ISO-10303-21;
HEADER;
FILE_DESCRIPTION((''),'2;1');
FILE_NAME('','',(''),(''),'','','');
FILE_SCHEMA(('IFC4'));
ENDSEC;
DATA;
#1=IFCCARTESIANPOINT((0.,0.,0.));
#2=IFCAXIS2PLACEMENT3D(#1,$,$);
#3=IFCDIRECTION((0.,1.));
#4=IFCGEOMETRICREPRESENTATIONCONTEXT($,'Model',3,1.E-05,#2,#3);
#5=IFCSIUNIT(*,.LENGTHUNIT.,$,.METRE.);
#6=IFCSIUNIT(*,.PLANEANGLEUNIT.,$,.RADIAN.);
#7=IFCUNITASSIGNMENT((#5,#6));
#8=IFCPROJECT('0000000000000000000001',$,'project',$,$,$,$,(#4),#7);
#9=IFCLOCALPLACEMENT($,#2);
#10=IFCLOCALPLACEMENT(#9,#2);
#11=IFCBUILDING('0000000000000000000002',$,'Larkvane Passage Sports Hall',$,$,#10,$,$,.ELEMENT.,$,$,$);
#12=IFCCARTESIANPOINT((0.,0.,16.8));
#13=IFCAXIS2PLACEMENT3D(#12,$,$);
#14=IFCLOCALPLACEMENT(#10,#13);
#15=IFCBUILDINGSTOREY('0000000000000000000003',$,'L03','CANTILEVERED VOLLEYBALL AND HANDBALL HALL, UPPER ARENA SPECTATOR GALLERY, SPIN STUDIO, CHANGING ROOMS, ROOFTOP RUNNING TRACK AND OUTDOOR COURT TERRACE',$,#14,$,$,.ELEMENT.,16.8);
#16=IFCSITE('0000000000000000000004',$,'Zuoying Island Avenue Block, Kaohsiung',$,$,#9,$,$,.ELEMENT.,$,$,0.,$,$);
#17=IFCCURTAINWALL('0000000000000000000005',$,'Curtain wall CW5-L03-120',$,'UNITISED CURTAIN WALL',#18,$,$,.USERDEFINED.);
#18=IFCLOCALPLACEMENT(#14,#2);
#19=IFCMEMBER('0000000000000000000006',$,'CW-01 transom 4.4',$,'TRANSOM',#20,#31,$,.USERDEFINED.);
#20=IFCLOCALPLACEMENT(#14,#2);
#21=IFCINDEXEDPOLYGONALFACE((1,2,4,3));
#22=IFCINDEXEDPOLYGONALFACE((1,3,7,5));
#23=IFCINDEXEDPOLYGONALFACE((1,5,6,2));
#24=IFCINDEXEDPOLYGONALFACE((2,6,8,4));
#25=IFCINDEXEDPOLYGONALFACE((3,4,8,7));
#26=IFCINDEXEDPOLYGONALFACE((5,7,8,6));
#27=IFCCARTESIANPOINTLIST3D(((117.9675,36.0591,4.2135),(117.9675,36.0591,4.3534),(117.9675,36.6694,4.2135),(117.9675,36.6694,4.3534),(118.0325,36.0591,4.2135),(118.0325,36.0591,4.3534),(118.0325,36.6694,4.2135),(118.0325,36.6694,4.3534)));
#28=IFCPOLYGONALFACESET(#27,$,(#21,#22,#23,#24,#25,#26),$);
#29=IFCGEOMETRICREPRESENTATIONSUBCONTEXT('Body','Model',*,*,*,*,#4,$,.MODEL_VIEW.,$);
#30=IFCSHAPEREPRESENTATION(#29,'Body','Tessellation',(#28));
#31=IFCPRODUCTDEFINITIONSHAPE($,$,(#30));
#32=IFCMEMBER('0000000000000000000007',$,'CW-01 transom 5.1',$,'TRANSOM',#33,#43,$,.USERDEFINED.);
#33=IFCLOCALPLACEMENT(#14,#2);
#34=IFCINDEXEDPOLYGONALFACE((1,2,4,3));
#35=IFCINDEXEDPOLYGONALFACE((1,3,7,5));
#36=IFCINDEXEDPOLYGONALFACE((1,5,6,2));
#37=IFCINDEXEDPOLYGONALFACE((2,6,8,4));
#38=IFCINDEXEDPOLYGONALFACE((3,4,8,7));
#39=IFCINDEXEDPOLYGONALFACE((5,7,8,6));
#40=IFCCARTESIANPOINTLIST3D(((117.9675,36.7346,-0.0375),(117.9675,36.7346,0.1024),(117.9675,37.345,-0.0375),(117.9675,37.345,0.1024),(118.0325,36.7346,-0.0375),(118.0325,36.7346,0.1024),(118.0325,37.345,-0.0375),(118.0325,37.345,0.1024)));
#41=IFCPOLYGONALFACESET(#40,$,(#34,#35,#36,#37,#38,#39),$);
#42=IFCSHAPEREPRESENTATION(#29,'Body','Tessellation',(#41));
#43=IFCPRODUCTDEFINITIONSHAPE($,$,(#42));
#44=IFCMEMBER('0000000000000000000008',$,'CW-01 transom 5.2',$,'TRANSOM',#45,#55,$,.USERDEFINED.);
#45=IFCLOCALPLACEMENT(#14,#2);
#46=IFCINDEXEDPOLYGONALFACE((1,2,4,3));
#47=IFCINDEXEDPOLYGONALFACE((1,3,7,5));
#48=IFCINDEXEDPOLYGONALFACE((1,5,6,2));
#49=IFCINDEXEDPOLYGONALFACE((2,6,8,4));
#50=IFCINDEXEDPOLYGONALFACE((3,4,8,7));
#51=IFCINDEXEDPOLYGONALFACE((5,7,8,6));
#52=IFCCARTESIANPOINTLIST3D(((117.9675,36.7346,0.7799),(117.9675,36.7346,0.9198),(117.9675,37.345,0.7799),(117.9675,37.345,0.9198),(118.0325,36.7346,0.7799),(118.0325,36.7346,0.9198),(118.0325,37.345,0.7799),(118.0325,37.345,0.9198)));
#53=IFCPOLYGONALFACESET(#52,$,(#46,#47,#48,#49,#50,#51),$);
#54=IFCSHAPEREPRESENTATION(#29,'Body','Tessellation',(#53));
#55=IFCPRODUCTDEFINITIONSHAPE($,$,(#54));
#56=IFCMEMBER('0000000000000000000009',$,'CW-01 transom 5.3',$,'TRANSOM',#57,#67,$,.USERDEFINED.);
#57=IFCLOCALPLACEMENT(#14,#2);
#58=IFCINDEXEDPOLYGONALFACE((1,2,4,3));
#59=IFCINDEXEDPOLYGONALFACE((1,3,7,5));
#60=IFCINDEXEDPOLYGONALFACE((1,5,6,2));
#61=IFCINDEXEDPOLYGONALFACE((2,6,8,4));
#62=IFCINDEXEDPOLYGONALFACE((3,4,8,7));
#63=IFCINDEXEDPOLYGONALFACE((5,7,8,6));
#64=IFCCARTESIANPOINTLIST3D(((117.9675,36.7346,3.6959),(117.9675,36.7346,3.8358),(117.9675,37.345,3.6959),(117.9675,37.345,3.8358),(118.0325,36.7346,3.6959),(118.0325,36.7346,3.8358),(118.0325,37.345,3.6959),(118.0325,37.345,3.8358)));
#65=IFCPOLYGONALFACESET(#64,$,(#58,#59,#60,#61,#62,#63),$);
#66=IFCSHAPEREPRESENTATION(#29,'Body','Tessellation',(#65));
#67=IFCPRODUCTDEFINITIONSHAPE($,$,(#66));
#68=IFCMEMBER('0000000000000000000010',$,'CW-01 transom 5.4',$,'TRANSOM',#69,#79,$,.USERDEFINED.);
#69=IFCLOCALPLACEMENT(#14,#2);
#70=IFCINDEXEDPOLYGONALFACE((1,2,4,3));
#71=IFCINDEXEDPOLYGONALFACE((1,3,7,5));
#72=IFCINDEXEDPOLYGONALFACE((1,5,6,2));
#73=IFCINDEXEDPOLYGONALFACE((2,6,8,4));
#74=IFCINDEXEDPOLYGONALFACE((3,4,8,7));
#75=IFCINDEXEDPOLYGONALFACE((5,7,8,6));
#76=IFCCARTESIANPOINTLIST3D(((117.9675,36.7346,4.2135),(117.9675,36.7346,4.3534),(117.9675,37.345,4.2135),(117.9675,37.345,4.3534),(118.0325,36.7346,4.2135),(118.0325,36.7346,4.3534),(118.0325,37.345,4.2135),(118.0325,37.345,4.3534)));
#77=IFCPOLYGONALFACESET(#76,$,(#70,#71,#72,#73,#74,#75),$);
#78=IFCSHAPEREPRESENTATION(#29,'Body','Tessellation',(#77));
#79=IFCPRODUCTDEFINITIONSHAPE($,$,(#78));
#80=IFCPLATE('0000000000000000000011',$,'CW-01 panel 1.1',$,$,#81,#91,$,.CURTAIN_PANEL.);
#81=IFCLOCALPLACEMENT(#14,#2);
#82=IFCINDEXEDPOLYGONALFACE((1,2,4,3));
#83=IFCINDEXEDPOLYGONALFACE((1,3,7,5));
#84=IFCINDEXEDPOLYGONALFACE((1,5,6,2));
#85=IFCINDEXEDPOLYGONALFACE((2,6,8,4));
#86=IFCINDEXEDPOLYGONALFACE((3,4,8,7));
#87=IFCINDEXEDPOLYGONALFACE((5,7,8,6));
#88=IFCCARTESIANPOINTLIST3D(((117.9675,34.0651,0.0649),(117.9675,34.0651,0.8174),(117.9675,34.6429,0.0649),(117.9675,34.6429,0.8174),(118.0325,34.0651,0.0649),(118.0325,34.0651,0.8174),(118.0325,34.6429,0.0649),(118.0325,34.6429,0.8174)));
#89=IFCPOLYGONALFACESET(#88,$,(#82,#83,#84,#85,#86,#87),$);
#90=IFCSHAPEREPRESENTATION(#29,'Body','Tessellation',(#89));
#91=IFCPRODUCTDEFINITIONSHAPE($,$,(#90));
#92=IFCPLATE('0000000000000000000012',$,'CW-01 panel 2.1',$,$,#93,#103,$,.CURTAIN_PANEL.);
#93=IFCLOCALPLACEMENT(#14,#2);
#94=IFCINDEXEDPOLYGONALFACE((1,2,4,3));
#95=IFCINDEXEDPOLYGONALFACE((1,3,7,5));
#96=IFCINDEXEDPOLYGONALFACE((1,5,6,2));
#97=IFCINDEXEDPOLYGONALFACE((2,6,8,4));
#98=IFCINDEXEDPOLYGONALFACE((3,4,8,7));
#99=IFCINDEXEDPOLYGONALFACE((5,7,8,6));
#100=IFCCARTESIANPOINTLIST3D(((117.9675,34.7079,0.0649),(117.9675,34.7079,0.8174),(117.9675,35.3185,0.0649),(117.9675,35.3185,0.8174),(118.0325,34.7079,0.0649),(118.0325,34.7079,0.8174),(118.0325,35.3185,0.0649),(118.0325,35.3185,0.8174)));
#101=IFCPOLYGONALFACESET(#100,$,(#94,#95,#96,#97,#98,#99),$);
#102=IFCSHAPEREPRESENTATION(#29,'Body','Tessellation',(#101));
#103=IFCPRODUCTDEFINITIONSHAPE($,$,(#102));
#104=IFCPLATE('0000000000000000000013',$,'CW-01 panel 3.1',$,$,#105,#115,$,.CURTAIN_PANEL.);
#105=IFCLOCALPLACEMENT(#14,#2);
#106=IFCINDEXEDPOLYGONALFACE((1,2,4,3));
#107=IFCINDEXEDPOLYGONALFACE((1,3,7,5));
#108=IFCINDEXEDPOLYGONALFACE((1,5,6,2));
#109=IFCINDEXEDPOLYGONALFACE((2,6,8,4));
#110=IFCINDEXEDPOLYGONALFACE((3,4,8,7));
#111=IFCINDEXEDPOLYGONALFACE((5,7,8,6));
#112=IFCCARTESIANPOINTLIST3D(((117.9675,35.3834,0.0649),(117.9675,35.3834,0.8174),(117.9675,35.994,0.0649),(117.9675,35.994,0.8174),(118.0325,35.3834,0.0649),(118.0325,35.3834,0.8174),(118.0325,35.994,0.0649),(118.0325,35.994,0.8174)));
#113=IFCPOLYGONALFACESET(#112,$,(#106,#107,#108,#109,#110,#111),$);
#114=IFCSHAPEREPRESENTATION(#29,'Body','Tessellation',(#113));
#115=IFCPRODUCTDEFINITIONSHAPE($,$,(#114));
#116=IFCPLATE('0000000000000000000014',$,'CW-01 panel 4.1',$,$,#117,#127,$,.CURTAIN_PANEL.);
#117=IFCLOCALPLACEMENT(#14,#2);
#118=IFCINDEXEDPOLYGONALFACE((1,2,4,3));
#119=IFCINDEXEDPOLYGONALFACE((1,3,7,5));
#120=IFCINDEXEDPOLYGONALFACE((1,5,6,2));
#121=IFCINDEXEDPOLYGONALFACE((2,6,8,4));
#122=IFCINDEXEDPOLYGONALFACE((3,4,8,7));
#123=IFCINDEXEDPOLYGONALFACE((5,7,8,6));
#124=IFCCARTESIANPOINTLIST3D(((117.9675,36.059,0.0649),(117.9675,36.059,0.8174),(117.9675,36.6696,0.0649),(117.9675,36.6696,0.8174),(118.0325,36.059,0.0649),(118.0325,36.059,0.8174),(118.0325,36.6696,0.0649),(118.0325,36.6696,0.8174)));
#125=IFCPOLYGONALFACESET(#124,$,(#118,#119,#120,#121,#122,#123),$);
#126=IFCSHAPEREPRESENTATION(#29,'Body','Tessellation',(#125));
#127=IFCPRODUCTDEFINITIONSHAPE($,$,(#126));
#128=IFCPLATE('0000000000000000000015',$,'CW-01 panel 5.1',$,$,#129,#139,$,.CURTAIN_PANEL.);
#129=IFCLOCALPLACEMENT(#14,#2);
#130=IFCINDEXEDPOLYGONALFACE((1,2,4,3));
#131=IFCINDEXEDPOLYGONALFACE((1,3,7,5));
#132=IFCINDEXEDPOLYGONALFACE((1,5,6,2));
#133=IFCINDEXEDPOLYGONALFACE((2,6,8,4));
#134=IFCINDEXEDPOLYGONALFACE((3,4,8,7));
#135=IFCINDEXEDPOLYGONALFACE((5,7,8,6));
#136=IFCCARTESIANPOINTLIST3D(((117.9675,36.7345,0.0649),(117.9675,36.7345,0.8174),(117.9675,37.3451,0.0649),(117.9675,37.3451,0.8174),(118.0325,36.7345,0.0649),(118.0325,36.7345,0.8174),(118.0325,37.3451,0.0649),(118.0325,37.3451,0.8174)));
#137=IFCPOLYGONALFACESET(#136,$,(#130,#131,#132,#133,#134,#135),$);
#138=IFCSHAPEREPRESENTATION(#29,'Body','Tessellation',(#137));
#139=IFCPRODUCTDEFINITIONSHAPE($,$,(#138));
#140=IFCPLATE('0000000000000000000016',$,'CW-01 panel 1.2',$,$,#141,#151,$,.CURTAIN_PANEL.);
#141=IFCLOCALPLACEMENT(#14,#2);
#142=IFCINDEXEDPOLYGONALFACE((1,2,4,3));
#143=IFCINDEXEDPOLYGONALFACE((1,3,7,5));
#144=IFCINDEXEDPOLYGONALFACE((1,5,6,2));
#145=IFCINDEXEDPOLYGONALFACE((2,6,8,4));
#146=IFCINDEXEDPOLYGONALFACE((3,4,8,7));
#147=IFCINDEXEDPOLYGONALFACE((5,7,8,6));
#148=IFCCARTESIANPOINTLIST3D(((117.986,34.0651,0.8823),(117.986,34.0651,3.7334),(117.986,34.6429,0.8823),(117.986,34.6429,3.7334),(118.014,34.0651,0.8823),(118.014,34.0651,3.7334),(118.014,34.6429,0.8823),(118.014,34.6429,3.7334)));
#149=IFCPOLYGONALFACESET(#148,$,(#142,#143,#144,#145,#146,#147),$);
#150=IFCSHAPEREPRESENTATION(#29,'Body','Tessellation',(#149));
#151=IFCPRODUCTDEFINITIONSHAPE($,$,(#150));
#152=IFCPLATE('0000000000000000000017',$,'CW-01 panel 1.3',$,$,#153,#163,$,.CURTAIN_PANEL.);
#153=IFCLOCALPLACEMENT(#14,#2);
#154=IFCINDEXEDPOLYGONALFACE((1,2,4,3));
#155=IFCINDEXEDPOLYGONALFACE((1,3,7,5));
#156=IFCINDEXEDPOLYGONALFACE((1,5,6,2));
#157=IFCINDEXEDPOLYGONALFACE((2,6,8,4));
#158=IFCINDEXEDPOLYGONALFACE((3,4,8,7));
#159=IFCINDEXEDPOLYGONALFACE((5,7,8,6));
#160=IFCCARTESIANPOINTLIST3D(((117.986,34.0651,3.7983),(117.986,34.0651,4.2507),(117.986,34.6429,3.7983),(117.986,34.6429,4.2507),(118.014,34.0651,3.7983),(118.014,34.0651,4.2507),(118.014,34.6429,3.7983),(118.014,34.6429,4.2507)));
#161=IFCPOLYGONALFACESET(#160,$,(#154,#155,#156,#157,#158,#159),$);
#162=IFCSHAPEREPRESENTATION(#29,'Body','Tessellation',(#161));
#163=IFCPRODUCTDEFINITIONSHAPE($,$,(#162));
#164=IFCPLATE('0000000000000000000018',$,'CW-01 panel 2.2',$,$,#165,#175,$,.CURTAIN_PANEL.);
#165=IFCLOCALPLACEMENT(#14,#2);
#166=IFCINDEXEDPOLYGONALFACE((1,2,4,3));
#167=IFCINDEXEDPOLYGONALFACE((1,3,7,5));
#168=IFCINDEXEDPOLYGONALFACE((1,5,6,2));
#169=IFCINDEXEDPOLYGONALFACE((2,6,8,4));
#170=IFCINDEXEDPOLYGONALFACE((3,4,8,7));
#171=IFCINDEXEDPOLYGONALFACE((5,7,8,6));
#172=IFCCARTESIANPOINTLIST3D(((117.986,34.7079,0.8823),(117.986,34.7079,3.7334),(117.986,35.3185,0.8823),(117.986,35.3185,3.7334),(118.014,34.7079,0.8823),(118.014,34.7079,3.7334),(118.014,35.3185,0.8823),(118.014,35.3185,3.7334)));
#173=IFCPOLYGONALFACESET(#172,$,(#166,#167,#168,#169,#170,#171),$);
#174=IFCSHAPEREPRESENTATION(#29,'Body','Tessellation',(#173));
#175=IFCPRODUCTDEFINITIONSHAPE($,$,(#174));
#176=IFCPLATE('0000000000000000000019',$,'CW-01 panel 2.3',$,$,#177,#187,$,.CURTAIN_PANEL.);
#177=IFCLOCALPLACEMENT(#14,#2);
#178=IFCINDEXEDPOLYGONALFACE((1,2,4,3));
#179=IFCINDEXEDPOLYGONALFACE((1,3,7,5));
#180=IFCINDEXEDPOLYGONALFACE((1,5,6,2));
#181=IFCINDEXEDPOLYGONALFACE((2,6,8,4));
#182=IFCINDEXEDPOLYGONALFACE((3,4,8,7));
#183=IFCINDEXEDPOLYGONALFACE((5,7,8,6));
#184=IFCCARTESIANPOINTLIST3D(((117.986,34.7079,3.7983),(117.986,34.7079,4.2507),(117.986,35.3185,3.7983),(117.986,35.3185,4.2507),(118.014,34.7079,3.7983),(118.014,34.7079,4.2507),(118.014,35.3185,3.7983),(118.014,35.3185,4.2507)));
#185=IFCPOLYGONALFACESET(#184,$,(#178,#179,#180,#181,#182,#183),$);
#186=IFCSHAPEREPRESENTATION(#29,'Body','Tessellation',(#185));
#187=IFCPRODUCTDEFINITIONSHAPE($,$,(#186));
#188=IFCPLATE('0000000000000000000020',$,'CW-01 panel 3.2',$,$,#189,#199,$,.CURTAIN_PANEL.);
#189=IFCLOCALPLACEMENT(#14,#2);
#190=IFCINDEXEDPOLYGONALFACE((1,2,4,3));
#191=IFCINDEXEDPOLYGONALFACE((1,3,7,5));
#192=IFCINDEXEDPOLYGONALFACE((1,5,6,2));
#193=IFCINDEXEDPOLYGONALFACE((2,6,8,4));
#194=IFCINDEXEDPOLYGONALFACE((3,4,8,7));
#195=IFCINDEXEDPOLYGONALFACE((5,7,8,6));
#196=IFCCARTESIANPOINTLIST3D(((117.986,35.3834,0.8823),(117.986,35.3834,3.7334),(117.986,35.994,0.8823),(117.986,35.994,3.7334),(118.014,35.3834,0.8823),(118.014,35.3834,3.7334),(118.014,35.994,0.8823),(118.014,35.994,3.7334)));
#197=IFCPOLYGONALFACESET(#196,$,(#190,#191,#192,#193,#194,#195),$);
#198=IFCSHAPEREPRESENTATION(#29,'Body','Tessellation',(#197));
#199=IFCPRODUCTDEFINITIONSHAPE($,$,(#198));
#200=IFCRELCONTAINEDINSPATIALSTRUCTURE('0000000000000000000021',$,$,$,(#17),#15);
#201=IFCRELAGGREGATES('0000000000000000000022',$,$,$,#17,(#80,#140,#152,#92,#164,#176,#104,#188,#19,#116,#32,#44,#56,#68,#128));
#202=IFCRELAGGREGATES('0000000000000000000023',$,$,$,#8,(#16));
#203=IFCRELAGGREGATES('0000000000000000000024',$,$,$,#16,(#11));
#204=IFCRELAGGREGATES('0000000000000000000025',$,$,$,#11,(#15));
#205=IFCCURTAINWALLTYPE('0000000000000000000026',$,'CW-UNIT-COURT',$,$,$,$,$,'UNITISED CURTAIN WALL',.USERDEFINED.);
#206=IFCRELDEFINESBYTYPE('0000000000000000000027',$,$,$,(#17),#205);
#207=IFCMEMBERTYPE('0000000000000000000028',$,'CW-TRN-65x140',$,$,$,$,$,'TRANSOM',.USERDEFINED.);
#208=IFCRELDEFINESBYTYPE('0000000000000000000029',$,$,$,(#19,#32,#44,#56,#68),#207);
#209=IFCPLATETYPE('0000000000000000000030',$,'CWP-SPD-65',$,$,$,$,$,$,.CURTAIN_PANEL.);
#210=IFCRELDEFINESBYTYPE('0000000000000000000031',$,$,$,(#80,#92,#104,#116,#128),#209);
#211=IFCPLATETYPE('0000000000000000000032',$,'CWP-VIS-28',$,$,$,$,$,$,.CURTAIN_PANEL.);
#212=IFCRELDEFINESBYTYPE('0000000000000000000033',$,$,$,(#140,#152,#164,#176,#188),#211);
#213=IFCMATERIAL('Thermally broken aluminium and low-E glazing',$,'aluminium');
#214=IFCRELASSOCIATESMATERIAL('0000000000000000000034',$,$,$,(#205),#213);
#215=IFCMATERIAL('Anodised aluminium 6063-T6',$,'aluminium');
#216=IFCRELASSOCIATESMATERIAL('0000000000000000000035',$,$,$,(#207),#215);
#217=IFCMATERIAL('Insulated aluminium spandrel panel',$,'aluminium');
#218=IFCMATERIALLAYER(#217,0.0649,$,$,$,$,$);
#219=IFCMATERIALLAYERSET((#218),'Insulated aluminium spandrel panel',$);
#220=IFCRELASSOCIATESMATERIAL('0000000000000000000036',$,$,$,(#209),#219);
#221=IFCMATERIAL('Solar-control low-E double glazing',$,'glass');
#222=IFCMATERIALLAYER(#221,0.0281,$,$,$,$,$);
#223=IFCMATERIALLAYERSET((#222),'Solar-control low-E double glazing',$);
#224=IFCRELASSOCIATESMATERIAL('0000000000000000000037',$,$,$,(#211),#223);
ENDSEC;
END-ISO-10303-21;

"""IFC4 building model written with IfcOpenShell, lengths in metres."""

from ifc_helpers import new_model, si_unit, direction, frame, origin, origin_2d, place, context, subcontext, project, spatial, rectangle, extrude, material, layer, layer_set, material_profile, profile_set, type_object, element, aggregate, save


model = new_model("IFC4")

# Units and contexts
model_context = context("Model", 3, precision=1e-05, world=origin(), true_north=direction((0.0, 1.0)))
body_context = subcontext(model_context, "Body", "Model", "MODEL_VIEW")
ifc_project = project(units=[si_unit("LENGTHUNIT", "METRE"), si_unit("PLANEANGLEUNIT", "RADIAN")], contexts=[model_context])

# Site, building, storey
site_placement = place(None, origin())
site = spatial("IfcSite", under=ifc_project, at=site_placement, Name="Zuoying Island Avenue Block, Kaohsiung", CompositionType="ELEMENT", RefElevation=0.0)
building_placement = place(site_placement, origin())
building = spatial("IfcBuilding", under=site, at=building_placement, Name="Larkvane Passage Sports Hall", CompositionType="ELEMENT")
storey_placement = place(building_placement, frame((0.0, 0.0, 16.8)))
storey = spatial("IfcBuildingStorey", under=building, at=storey_placement, Name="L03", Description="CANTILEVERED VOLLEYBALL AND HANDBALL HALL, UPPER ARENA SPECTATOR GALLERY, SPIN STUDIO, CHANGING ROOMS, ROOFTOP RUNNING TRACK AND OUTDOOR COURT TERRACE", CompositionType="ELEMENT", Elevation=16.8)

# Curtain wall, members, plates
ifc_material_1 = material(Name="Thermally broken aluminium and low-E glazing", Category="aluminium")
curtain_wall_type = type_object("IfcCurtainWallType", Name="CW-UNIT-COURT", ElementType="UNITISED CURTAIN WALL", PredefinedType="USERDEFINED", material=ifc_material_1)
curtain_wall_placement = place(storey_placement, origin())
curtain_wall = element("IfcCurtainWall", 1, at=curtain_wall_placement, inside=storey, type_object=curtain_wall_type, Name="Curtain wall CW5-L03-120", ObjectType="UNITISED CURTAIN WALL", PredefinedType="USERDEFINED")
ifc_material_2 = material(Name="Anodised aluminium 6063-T6", Category="aluminium")
ifc_material_profile_1 = material_profile(ifc_material_2, rectangle(XDim=0.0649, YDim=0.1399, at=origin_2d()), Name="ALU-TRN-65x140")
ifc_profile_set_1 = profile_set([ifc_material_profile_1], Name="Anodised aluminium 6063-T6")
member_type_1 = type_object("IfcMemberType", Name="CW-TRN-65x140", ElementType="TRANSOM", PredefinedType="USERDEFINED", material=ifc_profile_set_1)
member_1_placement = place(storey_placement, frame((118.0, 36.0591, 4.2834), z_axis=(0.0, 1.0, 0.0), x_axis=(-1.0, 0.0, 0.0)))
member_1 = element("IfcMember", 2, at=member_1_placement, type_object=member_type_1, Name="CW-01 transom 4.4", ObjectType="TRANSOM", PredefinedType="USERDEFINED", context=body_context, shape_type="SweptSolid", body=[
    extrude(rectangle(XDim=0.0649, YDim=0.1399, at=origin_2d()), origin(), (0.0, 0.0, 1.0), 0.6104),
])
member_2_placement = place(storey_placement, frame((118.0, 36.7346, 0.0325), z_axis=(0.0, 1.0, 0.0), x_axis=(-1.0, 0.0, 0.0)))
member_2 = element("IfcMember", 3, at=member_2_placement, type_object=member_type_1, Name="CW-01 transom 5.1", ObjectType="TRANSOM", PredefinedType="USERDEFINED", context=body_context, shape_type="SweptSolid", body=[
    extrude(rectangle(XDim=0.0649, YDim=0.1399, at=origin_2d()), origin(), (0.0, 0.0, 1.0), 0.6104),
])
member_3_placement = place(storey_placement, frame((118.0, 36.7346, 0.8499), z_axis=(0.0, 1.0, 0.0), x_axis=(-1.0, 0.0, 0.0)))
member_3 = element("IfcMember", 4, at=member_3_placement, type_object=member_type_1, Name="CW-01 transom 5.2", ObjectType="TRANSOM", PredefinedType="USERDEFINED", context=body_context, shape_type="SweptSolid", body=[
    extrude(rectangle(XDim=0.0649, YDim=0.1399, at=origin_2d()), origin(), (0.0, 0.0, 1.0), 0.6104),
])
member_4_placement = place(storey_placement, frame((118.0, 36.7346, 3.7659), z_axis=(0.0, 1.0, 0.0), x_axis=(-1.0, 0.0, 0.0)))
member_4 = element("IfcMember", 5, at=member_4_placement, type_object=member_type_1, Name="CW-01 transom 5.3", ObjectType="TRANSOM", PredefinedType="USERDEFINED", context=body_context, shape_type="SweptSolid", body=[
    extrude(rectangle(XDim=0.0649, YDim=0.1399, at=origin_2d()), origin(), (0.0, 0.0, 1.0), 0.6104),
])
member_5_placement = place(storey_placement, frame((118.0, 36.7346, 4.2834), z_axis=(0.0, 1.0, 0.0), x_axis=(-1.0, 0.0, 0.0)))
member_5 = element("IfcMember", 6, at=member_5_placement, type_object=member_type_1, Name="CW-01 transom 5.4", ObjectType="TRANSOM", PredefinedType="USERDEFINED", context=body_context, shape_type="SweptSolid", body=[
    extrude(rectangle(XDim=0.0649, YDim=0.1399, at=origin_2d()), origin(), (0.0, 0.0, 1.0), 0.6104),
])
ifc_material_3 = material(Name="Insulated aluminium spandrel panel", Category="aluminium")
ifc_layer_1 = layer(ifc_material_3, 0.0649)
ifc_layer_set_1 = layer_set([ifc_layer_1], Name="Insulated aluminium spandrel panel")
plate_type_1 = type_object("IfcPlateType", Name="CWP-SPD-65", PredefinedType="CURTAIN_PANEL", material=ifc_layer_set_1)
plate_1_placement = place(storey_placement, frame((118.0, 34.354, 0.0649), z_axis=(0.0, 0.0, 1.0), x_axis=(0.0, 1.0, 0.0)))
plate_1 = element("IfcPlate", 7, at=plate_1_placement, type_object=plate_type_1, Name="CW-01 panel 1.1", PredefinedType="CURTAIN_PANEL", context=body_context, shape_type="SweptSolid", body=[
    extrude(rectangle(XDim=0.5779, YDim=0.0649, at=origin_2d()), origin(), (0.0, 0.0, 1.0), 0.7524),
])
plate_2_placement = place(storey_placement, frame((118.0, 35.0132, 0.0649), z_axis=(0.0, 0.0, 1.0), x_axis=(0.0, 1.0, 0.0)))
plate_2 = element("IfcPlate", 8, at=plate_2_placement, type_object=plate_type_1, Name="CW-01 panel 2.1", PredefinedType="CURTAIN_PANEL", context=body_context, shape_type="SweptSolid", body=[
    extrude(rectangle(XDim=0.6106, YDim=0.0649, at=origin_2d()), origin(), (0.0, 0.0, 1.0), 0.7524),
])
plate_3_placement = place(storey_placement, frame((118.0, 35.6887, 0.0649), z_axis=(0.0, 0.0, 1.0), x_axis=(0.0, 1.0, 0.0)))
plate_3 = element("IfcPlate", 9, at=plate_3_placement, type_object=plate_type_1, Name="CW-01 panel 3.1", PredefinedType="CURTAIN_PANEL", context=body_context, shape_type="SweptSolid", body=[
    extrude(rectangle(XDim=0.6106, YDim=0.0649, at=origin_2d()), origin(), (0.0, 0.0, 1.0), 0.7524),
])
plate_4_placement = place(storey_placement, frame((118.0, 36.3643, 0.0649), z_axis=(0.0, 0.0, 1.0), x_axis=(0.0, 1.0, 0.0)))
plate_4 = element("IfcPlate", 10, at=plate_4_placement, type_object=plate_type_1, Name="CW-01 panel 4.1", PredefinedType="CURTAIN_PANEL", context=body_context, shape_type="SweptSolid", body=[
    extrude(rectangle(XDim=0.6106, YDim=0.0649, at=origin_2d()), origin(), (0.0, 0.0, 1.0), 0.7524),
])
plate_5_placement = place(storey_placement, frame((118.0, 37.0398, 0.0649), z_axis=(0.0, 0.0, 1.0), x_axis=(0.0, 1.0, 0.0)))
plate_5 = element("IfcPlate", 11, at=plate_5_placement, type_object=plate_type_1, Name="CW-01 panel 5.1", PredefinedType="CURTAIN_PANEL", context=body_context, shape_type="SweptSolid", body=[
    extrude(rectangle(XDim=0.6106, YDim=0.0649, at=origin_2d()), origin(), (0.0, 0.0, 1.0), 0.7524),
])
ifc_material_4 = material(Name="Solar-control low-E double glazing", Category="glass")
ifc_layer_2 = layer(ifc_material_4, 0.0281)
ifc_layer_set_2 = layer_set([ifc_layer_2], Name="Solar-control low-E double glazing")
plate_type_2 = type_object("IfcPlateType", Name="CWP-VIS-28", PredefinedType="CURTAIN_PANEL", material=ifc_layer_set_2)
plate_6_placement = place(storey_placement, frame((118.0, 34.354, 0.8823), z_axis=(0.0, 0.0, 1.0), x_axis=(0.0, 1.0, 0.0)))
plate_6 = element("IfcPlate", 12, at=plate_6_placement, type_object=plate_type_2, Name="CW-01 panel 1.2", PredefinedType="CURTAIN_PANEL", context=body_context, shape_type="SweptSolid", body=[
    extrude(rectangle(XDim=0.5779, YDim=0.0281, at=origin_2d()), origin(), (0.0, 0.0, 1.0), 2.8511),
])
plate_7_placement = place(storey_placement, frame((118.0, 34.354, 3.7983), z_axis=(0.0, 0.0, 1.0), x_axis=(0.0, 1.0, 0.0)))
plate_7 = element("IfcPlate", 13, at=plate_7_placement, type_object=plate_type_2, Name="CW-01 panel 1.3", PredefinedType="CURTAIN_PANEL", context=body_context, shape_type="SweptSolid", body=[
    extrude(rectangle(XDim=0.5779, YDim=0.0281, at=origin_2d()), origin(), (0.0, 0.0, 1.0), 0.4524),
])
plate_8_placement = place(storey_placement, frame((118.0, 35.0132, 0.8823), z_axis=(0.0, 0.0, 1.0), x_axis=(0.0, 1.0, 0.0)))
plate_8 = element("IfcPlate", 14, at=plate_8_placement, type_object=plate_type_2, Name="CW-01 panel 2.2", PredefinedType="CURTAIN_PANEL", context=body_context, shape_type="SweptSolid", body=[
    extrude(rectangle(XDim=0.6106, YDim=0.0281, at=origin_2d()), origin(), (0.0, 0.0, 1.0), 2.8511),
])
plate_9_placement = place(storey_placement, frame((118.0, 35.0132, 3.7983), z_axis=(0.0, 0.0, 1.0), x_axis=(0.0, 1.0, 0.0)))
plate_9 = element("IfcPlate", 15, at=plate_9_placement, type_object=plate_type_2, Name="CW-01 panel 2.3", PredefinedType="CURTAIN_PANEL", context=body_context, shape_type="SweptSolid", body=[
    extrude(rectangle(XDim=0.6106, YDim=0.0281, at=origin_2d()), origin(), (0.0, 0.0, 1.0), 0.4524),
])
plate_10_placement = place(storey_placement, frame((118.0, 35.6887, 0.8823), z_axis=(0.0, 0.0, 1.0), x_axis=(0.0, 1.0, 0.0)))
plate_10 = element("IfcPlate", 16, at=plate_10_placement, type_object=plate_type_2, Name="CW-01 panel 3.2", PredefinedType="CURTAIN_PANEL", context=body_context, shape_type="SweptSolid", body=[
    extrude(rectangle(XDim=0.6106, YDim=0.0281, at=origin_2d()), origin(), (0.0, 0.0, 1.0), 2.8511),
])
aggregate(curtain_wall, [plate_1, plate_6, plate_7, plate_2, plate_8, plate_9, plate_3, plate_10, member_1, plate_4, member_2, member_3, member_4, member_5, plate_5])

save(model, "model.ifc")
